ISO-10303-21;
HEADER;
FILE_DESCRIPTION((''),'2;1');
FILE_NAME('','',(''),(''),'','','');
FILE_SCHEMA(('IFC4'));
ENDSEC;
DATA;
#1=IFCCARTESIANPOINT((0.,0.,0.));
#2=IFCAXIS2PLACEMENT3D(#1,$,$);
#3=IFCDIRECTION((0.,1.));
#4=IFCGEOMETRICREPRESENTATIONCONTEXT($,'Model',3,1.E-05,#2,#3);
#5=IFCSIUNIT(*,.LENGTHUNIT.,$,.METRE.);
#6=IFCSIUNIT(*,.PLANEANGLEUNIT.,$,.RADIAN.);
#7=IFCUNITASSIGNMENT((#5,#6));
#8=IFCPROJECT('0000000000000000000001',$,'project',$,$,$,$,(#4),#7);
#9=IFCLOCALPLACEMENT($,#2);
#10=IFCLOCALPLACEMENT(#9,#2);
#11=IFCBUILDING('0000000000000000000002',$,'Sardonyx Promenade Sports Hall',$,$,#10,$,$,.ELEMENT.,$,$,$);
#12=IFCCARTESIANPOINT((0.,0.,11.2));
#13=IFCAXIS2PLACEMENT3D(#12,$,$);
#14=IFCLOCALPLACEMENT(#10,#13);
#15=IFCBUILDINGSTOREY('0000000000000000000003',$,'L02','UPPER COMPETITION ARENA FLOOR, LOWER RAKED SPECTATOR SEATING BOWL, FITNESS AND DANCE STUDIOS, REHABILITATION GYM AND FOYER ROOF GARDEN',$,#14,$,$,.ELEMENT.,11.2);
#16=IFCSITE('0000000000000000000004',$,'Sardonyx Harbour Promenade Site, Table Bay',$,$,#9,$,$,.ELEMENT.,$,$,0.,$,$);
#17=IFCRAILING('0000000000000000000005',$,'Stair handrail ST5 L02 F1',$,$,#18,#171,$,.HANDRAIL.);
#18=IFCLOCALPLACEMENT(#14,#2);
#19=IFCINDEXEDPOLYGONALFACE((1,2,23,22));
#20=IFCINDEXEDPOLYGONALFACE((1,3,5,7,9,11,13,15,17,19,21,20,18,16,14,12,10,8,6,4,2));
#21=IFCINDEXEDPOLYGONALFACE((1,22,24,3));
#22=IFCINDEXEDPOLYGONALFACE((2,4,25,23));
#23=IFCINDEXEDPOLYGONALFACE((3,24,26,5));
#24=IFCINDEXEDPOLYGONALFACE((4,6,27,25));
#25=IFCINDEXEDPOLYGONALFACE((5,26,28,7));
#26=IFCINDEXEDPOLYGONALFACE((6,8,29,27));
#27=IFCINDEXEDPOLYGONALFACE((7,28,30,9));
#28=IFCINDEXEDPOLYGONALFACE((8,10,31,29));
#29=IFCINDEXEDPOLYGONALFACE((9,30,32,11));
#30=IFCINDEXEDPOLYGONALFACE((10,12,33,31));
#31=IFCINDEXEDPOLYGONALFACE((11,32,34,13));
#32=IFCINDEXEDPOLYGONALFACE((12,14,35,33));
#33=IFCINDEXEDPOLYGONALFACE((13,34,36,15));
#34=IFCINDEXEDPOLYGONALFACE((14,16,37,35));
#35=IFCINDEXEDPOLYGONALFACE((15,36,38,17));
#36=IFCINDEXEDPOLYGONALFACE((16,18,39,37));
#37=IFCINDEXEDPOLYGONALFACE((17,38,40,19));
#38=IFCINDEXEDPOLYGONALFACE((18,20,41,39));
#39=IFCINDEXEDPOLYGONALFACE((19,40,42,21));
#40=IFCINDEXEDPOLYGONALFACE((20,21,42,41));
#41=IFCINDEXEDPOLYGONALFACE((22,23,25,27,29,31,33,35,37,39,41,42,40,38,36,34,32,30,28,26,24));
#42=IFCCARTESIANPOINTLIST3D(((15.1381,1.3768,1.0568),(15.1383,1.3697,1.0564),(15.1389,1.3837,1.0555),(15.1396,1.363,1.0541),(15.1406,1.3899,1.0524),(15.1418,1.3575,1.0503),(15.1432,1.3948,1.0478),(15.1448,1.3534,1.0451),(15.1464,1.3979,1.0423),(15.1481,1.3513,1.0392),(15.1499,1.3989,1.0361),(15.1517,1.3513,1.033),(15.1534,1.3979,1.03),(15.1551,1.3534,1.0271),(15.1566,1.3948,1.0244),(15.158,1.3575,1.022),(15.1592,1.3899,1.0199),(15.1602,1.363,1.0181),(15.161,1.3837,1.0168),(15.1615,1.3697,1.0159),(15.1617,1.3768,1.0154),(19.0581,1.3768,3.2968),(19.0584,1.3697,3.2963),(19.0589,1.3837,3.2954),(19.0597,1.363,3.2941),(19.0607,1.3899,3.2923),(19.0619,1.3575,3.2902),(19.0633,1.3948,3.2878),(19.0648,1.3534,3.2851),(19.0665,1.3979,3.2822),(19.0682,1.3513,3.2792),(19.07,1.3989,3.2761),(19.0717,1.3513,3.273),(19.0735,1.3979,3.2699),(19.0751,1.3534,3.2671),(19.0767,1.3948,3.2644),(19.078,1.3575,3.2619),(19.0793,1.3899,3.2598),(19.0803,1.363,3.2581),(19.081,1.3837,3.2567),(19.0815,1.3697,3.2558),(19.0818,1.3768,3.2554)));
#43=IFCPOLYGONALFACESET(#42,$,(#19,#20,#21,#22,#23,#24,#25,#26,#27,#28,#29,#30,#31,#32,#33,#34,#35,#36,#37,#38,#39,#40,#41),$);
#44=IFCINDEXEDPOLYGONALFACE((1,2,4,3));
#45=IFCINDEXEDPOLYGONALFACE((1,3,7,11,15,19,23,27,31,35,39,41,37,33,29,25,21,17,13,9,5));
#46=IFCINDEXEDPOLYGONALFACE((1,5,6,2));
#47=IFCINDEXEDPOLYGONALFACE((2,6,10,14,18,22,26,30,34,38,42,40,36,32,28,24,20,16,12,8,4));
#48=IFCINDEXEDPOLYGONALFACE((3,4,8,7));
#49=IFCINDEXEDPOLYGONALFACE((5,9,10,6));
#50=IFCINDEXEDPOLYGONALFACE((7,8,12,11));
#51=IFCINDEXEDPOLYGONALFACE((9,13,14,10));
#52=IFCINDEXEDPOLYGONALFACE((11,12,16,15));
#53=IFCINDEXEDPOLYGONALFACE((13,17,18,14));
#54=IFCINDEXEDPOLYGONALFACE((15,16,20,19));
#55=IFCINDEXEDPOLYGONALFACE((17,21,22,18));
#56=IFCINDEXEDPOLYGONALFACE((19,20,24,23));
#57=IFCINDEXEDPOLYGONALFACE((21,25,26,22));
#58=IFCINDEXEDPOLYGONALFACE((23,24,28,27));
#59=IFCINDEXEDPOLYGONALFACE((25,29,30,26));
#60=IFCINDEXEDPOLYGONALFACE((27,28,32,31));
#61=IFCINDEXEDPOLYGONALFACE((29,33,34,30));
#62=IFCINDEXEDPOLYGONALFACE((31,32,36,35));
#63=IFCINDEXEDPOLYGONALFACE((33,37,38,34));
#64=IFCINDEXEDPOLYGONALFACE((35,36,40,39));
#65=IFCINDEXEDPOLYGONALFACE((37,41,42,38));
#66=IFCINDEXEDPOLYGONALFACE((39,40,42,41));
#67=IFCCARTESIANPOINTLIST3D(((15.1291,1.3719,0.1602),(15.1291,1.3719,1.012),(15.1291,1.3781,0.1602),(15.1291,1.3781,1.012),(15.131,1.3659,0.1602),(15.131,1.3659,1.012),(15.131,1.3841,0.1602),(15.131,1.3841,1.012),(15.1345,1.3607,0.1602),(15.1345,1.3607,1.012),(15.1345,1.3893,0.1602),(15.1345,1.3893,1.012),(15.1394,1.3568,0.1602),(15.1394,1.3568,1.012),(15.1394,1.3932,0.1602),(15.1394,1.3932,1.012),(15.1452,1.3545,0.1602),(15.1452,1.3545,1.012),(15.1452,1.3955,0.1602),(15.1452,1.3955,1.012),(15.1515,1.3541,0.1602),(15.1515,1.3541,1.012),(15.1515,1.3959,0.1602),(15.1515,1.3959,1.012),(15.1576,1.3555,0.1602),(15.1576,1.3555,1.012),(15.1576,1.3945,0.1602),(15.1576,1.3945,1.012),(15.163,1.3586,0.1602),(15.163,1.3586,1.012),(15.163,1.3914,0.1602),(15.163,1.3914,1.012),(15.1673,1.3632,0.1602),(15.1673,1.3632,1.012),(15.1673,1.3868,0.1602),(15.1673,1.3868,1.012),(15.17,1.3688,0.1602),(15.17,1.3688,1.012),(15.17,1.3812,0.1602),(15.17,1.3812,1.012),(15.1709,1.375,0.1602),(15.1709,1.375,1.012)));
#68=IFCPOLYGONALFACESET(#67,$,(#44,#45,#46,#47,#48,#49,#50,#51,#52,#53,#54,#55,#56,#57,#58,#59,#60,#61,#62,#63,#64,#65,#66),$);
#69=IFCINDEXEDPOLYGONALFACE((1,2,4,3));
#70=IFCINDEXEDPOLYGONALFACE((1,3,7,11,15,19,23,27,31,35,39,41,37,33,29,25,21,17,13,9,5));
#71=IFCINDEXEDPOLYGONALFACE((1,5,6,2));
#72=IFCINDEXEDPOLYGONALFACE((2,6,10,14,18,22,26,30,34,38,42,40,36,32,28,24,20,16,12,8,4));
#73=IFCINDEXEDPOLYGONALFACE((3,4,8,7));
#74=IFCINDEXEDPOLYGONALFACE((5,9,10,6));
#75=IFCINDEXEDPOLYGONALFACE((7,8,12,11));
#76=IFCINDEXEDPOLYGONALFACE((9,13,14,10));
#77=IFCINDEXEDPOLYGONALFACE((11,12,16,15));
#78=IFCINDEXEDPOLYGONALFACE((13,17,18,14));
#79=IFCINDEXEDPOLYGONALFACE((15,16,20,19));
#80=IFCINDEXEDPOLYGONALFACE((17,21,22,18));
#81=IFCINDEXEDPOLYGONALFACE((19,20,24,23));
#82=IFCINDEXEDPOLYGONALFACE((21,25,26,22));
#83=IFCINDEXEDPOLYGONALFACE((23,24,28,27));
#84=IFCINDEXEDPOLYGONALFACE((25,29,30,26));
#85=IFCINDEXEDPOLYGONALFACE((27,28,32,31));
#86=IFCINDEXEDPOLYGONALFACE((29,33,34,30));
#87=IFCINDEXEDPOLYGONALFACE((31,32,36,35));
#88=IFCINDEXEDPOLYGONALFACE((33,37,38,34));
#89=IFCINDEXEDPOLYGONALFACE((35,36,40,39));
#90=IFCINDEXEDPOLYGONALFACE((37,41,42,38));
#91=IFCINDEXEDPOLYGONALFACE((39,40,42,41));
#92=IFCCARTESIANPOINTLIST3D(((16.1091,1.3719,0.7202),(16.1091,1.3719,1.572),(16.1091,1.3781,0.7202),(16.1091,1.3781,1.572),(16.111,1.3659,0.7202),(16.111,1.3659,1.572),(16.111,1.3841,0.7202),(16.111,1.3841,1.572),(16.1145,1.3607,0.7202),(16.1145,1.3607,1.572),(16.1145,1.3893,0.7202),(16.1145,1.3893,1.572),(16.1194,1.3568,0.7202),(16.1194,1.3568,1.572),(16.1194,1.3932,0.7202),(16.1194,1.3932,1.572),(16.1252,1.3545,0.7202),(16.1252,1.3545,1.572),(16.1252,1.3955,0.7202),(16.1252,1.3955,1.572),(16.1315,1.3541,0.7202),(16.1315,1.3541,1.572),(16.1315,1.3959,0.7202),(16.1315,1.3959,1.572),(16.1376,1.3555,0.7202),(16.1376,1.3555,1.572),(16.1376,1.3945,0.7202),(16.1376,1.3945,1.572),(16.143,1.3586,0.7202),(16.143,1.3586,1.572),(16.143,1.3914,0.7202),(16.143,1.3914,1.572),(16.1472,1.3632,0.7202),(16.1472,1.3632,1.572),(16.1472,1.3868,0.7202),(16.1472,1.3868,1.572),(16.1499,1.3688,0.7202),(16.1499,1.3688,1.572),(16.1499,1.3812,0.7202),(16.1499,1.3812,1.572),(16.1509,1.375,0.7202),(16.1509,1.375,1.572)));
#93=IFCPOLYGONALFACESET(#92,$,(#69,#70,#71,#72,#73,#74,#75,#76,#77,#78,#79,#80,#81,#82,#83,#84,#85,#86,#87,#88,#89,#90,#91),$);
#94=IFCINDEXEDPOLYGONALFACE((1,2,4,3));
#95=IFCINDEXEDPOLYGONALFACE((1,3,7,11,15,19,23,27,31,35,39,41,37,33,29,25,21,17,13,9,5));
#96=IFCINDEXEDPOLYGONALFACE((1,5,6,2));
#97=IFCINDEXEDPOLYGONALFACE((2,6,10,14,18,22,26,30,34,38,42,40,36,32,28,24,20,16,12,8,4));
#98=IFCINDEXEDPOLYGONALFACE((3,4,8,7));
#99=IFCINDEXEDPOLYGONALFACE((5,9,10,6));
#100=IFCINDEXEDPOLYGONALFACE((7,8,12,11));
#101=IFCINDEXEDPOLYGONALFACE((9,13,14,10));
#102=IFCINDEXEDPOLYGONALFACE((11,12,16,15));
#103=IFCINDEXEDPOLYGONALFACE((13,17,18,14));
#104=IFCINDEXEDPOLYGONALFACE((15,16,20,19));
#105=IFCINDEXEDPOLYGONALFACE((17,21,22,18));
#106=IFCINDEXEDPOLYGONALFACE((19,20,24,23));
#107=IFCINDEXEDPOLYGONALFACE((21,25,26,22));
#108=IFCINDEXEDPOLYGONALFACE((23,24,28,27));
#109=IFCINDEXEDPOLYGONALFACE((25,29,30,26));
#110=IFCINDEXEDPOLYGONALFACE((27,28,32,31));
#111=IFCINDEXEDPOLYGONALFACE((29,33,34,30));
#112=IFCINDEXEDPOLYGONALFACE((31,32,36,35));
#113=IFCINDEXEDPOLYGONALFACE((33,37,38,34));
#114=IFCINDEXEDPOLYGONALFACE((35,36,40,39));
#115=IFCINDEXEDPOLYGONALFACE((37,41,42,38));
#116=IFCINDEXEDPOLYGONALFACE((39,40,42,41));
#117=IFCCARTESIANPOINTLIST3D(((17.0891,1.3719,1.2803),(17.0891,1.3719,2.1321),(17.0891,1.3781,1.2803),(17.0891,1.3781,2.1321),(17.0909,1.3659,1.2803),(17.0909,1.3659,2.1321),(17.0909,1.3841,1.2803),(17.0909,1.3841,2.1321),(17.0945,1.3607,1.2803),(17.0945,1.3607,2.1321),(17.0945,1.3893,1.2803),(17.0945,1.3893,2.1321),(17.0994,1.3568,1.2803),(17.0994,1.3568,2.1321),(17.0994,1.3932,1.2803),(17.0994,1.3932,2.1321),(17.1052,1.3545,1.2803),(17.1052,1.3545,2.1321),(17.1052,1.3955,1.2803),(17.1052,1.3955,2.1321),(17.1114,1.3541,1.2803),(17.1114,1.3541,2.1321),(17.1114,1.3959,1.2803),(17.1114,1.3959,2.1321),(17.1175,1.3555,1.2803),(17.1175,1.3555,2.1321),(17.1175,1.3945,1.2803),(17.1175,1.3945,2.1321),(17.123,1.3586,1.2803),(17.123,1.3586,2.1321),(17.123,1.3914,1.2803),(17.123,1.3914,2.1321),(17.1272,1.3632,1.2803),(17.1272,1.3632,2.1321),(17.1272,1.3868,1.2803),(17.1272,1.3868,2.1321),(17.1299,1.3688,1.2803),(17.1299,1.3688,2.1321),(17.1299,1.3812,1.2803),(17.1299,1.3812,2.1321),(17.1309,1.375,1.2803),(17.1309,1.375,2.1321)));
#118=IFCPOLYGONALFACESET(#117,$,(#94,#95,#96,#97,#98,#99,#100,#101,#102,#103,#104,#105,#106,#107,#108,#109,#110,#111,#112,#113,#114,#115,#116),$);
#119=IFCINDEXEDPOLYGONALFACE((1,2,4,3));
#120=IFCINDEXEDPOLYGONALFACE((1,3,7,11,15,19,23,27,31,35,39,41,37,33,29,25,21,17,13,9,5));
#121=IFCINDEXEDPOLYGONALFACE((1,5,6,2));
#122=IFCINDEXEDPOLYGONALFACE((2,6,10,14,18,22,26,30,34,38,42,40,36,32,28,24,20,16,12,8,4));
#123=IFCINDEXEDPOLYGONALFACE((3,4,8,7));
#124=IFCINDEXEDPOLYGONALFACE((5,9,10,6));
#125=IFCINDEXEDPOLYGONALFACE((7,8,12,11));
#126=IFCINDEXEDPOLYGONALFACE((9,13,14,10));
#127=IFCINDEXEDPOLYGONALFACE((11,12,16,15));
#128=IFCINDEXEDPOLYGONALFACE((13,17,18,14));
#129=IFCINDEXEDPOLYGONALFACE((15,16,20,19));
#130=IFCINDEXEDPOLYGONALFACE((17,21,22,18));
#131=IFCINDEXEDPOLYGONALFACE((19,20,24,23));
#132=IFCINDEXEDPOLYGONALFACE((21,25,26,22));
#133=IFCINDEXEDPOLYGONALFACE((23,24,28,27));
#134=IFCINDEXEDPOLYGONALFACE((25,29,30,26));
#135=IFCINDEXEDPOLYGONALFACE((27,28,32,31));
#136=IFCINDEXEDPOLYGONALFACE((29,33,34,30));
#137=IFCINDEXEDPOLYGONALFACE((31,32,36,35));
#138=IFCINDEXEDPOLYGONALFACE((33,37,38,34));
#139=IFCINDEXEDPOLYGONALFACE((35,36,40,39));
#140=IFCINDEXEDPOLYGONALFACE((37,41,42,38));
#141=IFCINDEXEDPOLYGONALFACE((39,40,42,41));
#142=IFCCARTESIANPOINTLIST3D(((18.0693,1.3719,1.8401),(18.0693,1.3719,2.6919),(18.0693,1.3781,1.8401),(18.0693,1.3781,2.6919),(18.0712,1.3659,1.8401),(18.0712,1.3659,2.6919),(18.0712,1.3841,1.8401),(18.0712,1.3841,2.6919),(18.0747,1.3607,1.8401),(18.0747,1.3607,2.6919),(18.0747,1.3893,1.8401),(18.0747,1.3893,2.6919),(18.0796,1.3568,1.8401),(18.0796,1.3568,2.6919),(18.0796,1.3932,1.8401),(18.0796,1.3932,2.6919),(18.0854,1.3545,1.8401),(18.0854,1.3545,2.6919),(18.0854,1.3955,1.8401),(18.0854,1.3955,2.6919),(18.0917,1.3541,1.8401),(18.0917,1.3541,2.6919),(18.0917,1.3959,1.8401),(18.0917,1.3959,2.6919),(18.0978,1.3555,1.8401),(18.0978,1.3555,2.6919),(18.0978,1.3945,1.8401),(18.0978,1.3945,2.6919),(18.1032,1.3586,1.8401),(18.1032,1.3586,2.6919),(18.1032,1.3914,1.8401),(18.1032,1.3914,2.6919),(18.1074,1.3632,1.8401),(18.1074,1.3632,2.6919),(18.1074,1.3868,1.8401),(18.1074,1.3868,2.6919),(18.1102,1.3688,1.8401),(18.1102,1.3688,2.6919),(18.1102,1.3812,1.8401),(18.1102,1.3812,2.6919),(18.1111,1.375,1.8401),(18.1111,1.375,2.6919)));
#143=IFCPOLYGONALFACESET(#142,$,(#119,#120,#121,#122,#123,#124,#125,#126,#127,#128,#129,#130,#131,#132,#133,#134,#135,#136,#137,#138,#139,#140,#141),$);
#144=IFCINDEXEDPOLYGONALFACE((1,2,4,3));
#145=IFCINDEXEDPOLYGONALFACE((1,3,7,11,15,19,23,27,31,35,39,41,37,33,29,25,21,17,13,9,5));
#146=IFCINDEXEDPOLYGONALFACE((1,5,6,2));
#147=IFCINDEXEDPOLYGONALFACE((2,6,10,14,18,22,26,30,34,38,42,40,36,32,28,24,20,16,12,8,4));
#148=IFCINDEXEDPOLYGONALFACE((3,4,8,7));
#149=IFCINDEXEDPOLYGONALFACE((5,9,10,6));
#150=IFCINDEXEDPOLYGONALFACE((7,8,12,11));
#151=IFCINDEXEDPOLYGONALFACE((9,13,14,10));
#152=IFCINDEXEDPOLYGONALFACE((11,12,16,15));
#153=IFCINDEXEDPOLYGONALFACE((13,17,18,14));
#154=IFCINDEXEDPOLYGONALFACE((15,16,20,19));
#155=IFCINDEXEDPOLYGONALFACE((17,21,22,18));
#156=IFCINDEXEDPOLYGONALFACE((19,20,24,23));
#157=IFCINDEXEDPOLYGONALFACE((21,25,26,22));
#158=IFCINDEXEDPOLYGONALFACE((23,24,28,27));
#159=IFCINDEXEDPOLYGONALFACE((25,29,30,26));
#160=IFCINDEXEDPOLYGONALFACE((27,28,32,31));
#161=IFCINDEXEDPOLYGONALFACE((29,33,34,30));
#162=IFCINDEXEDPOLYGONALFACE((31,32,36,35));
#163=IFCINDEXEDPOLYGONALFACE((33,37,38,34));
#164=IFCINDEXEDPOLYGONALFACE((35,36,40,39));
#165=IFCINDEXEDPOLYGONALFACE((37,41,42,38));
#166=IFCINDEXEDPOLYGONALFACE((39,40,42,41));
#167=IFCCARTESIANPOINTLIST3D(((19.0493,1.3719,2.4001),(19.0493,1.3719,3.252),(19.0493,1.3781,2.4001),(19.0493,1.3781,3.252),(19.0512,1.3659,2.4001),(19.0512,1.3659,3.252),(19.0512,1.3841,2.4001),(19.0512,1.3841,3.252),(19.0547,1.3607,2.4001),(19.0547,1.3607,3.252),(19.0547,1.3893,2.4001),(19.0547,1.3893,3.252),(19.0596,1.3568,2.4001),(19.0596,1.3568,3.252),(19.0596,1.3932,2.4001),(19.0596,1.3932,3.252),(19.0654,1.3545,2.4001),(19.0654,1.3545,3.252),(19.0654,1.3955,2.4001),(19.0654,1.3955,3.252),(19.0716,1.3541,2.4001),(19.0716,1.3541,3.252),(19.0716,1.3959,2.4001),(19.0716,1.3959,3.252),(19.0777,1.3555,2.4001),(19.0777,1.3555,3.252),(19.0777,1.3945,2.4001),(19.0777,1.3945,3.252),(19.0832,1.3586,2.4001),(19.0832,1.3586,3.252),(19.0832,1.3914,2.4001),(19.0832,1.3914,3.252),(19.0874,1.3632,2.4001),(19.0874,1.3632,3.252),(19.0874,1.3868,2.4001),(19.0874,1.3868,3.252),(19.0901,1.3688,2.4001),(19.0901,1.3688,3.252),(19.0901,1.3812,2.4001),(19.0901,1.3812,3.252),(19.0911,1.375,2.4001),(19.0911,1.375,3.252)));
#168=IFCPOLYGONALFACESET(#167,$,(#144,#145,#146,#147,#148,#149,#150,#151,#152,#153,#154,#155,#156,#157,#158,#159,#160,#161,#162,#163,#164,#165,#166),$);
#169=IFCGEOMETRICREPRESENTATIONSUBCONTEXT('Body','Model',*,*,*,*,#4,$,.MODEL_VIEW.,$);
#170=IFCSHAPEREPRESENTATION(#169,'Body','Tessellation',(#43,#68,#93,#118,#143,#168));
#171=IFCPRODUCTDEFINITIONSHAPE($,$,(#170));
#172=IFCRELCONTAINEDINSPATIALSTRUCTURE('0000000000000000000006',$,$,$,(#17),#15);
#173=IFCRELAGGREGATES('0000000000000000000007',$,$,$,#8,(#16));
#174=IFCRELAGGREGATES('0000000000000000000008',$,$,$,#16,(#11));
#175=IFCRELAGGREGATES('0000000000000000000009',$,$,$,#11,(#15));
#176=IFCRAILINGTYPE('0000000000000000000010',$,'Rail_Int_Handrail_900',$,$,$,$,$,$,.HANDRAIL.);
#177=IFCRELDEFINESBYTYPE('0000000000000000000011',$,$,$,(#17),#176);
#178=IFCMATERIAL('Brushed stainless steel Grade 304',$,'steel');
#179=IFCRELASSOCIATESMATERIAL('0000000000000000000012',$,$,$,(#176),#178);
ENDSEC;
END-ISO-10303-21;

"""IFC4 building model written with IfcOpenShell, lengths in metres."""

from ifc_helpers import new_model, si_unit, direction, frame, origin, origin_2d, place, context, subcontext, project, spatial, circle, extrude, material, type_object, element, save


model = new_model("IFC4")

# Units and contexts
model_context = context("Model", 3, precision=1e-05, world=origin(), true_north=direction((0.0, 1.0)))
body_context = subcontext(model_context, "Body", "Model", "MODEL_VIEW")
ifc_project = project(units=[si_unit("LENGTHUNIT", "METRE"), si_unit("PLANEANGLEUNIT", "RADIAN")], contexts=[model_context])

# Site, building, storey
site_placement = place(None, origin())
site = spatial("IfcSite", under=ifc_project, at=site_placement, Name="Sardonyx Harbour Promenade Site, Table Bay", CompositionType="ELEMENT", RefElevation=0.0)
building_placement = place(site_placement, origin())
building = spatial("IfcBuilding", under=site, at=building_placement, Name="Sardonyx Promenade Sports Hall", CompositionType="ELEMENT")
storey_placement = place(building_placement, frame((0.0, 0.0, 11.2)))
storey = spatial("IfcBuildingStorey", under=building, at=storey_placement, Name="L02", Description="UPPER COMPETITION ARENA FLOOR, LOWER RAKED SPECTATOR SEATING BOWL, FITNESS AND DANCE STUDIOS, REHABILITATION GYM AND FOYER ROOF GARDEN", CompositionType="ELEMENT", Elevation=11.2)

# Railing
ifc_material_1 = material(Name="Brushed stainless steel Grade 304", Category="steel")
railing_type_1 = type_object("IfcRailingType", Name="Rail_Int_Handrail_900", PredefinedType="HANDRAIL", material=ifc_material_1)
railing_1_placement = place(storey_placement, frame((15.1499, 1.375, 0.1602)))
element("IfcRailing", 1, at=railing_1_placement, inside=storey, type_object=railing_type_1, Name="Stair handrail ST5 L02 F1", PredefinedType="HANDRAIL", context=body_context, shape_type="SweptSolid", body=[
    extrude(circle(Radius=0.0239, at=origin_2d()), frame((0.0, 0.0, 0.876), z_axis=(0.868253, 0.0, 0.496121), x_axis=(0.0, 1.0, 0.0)), (0.0, 0.0, 1.0), 4.5149),
    extrude(circle(Radius=0.021, at=origin_2d()), origin(), (0.0, 0.0, 1.0), 0.8518),
    extrude(circle(Radius=0.021, at=origin_2d()), frame((0.98, 0.0, 0.5601)), (0.0, 0.0, 1.0), 0.8518),
    extrude(circle(Radius=0.021, at=origin_2d()), frame((1.96, 0.0, 1.1201)), (0.0, 0.0, 1.0), 0.8518),
    extrude(circle(Radius=0.021, at=origin_2d()), frame((2.9402, 0.0, 1.6799)), (0.0, 0.0, 1.0), 0.8518),
    extrude(circle(Radius=0.021, at=origin_2d()), frame((3.9202, 0.0, 2.24)), (0.0, 0.0, 1.0), 0.8518),
])

save(model, "model.ifc")
